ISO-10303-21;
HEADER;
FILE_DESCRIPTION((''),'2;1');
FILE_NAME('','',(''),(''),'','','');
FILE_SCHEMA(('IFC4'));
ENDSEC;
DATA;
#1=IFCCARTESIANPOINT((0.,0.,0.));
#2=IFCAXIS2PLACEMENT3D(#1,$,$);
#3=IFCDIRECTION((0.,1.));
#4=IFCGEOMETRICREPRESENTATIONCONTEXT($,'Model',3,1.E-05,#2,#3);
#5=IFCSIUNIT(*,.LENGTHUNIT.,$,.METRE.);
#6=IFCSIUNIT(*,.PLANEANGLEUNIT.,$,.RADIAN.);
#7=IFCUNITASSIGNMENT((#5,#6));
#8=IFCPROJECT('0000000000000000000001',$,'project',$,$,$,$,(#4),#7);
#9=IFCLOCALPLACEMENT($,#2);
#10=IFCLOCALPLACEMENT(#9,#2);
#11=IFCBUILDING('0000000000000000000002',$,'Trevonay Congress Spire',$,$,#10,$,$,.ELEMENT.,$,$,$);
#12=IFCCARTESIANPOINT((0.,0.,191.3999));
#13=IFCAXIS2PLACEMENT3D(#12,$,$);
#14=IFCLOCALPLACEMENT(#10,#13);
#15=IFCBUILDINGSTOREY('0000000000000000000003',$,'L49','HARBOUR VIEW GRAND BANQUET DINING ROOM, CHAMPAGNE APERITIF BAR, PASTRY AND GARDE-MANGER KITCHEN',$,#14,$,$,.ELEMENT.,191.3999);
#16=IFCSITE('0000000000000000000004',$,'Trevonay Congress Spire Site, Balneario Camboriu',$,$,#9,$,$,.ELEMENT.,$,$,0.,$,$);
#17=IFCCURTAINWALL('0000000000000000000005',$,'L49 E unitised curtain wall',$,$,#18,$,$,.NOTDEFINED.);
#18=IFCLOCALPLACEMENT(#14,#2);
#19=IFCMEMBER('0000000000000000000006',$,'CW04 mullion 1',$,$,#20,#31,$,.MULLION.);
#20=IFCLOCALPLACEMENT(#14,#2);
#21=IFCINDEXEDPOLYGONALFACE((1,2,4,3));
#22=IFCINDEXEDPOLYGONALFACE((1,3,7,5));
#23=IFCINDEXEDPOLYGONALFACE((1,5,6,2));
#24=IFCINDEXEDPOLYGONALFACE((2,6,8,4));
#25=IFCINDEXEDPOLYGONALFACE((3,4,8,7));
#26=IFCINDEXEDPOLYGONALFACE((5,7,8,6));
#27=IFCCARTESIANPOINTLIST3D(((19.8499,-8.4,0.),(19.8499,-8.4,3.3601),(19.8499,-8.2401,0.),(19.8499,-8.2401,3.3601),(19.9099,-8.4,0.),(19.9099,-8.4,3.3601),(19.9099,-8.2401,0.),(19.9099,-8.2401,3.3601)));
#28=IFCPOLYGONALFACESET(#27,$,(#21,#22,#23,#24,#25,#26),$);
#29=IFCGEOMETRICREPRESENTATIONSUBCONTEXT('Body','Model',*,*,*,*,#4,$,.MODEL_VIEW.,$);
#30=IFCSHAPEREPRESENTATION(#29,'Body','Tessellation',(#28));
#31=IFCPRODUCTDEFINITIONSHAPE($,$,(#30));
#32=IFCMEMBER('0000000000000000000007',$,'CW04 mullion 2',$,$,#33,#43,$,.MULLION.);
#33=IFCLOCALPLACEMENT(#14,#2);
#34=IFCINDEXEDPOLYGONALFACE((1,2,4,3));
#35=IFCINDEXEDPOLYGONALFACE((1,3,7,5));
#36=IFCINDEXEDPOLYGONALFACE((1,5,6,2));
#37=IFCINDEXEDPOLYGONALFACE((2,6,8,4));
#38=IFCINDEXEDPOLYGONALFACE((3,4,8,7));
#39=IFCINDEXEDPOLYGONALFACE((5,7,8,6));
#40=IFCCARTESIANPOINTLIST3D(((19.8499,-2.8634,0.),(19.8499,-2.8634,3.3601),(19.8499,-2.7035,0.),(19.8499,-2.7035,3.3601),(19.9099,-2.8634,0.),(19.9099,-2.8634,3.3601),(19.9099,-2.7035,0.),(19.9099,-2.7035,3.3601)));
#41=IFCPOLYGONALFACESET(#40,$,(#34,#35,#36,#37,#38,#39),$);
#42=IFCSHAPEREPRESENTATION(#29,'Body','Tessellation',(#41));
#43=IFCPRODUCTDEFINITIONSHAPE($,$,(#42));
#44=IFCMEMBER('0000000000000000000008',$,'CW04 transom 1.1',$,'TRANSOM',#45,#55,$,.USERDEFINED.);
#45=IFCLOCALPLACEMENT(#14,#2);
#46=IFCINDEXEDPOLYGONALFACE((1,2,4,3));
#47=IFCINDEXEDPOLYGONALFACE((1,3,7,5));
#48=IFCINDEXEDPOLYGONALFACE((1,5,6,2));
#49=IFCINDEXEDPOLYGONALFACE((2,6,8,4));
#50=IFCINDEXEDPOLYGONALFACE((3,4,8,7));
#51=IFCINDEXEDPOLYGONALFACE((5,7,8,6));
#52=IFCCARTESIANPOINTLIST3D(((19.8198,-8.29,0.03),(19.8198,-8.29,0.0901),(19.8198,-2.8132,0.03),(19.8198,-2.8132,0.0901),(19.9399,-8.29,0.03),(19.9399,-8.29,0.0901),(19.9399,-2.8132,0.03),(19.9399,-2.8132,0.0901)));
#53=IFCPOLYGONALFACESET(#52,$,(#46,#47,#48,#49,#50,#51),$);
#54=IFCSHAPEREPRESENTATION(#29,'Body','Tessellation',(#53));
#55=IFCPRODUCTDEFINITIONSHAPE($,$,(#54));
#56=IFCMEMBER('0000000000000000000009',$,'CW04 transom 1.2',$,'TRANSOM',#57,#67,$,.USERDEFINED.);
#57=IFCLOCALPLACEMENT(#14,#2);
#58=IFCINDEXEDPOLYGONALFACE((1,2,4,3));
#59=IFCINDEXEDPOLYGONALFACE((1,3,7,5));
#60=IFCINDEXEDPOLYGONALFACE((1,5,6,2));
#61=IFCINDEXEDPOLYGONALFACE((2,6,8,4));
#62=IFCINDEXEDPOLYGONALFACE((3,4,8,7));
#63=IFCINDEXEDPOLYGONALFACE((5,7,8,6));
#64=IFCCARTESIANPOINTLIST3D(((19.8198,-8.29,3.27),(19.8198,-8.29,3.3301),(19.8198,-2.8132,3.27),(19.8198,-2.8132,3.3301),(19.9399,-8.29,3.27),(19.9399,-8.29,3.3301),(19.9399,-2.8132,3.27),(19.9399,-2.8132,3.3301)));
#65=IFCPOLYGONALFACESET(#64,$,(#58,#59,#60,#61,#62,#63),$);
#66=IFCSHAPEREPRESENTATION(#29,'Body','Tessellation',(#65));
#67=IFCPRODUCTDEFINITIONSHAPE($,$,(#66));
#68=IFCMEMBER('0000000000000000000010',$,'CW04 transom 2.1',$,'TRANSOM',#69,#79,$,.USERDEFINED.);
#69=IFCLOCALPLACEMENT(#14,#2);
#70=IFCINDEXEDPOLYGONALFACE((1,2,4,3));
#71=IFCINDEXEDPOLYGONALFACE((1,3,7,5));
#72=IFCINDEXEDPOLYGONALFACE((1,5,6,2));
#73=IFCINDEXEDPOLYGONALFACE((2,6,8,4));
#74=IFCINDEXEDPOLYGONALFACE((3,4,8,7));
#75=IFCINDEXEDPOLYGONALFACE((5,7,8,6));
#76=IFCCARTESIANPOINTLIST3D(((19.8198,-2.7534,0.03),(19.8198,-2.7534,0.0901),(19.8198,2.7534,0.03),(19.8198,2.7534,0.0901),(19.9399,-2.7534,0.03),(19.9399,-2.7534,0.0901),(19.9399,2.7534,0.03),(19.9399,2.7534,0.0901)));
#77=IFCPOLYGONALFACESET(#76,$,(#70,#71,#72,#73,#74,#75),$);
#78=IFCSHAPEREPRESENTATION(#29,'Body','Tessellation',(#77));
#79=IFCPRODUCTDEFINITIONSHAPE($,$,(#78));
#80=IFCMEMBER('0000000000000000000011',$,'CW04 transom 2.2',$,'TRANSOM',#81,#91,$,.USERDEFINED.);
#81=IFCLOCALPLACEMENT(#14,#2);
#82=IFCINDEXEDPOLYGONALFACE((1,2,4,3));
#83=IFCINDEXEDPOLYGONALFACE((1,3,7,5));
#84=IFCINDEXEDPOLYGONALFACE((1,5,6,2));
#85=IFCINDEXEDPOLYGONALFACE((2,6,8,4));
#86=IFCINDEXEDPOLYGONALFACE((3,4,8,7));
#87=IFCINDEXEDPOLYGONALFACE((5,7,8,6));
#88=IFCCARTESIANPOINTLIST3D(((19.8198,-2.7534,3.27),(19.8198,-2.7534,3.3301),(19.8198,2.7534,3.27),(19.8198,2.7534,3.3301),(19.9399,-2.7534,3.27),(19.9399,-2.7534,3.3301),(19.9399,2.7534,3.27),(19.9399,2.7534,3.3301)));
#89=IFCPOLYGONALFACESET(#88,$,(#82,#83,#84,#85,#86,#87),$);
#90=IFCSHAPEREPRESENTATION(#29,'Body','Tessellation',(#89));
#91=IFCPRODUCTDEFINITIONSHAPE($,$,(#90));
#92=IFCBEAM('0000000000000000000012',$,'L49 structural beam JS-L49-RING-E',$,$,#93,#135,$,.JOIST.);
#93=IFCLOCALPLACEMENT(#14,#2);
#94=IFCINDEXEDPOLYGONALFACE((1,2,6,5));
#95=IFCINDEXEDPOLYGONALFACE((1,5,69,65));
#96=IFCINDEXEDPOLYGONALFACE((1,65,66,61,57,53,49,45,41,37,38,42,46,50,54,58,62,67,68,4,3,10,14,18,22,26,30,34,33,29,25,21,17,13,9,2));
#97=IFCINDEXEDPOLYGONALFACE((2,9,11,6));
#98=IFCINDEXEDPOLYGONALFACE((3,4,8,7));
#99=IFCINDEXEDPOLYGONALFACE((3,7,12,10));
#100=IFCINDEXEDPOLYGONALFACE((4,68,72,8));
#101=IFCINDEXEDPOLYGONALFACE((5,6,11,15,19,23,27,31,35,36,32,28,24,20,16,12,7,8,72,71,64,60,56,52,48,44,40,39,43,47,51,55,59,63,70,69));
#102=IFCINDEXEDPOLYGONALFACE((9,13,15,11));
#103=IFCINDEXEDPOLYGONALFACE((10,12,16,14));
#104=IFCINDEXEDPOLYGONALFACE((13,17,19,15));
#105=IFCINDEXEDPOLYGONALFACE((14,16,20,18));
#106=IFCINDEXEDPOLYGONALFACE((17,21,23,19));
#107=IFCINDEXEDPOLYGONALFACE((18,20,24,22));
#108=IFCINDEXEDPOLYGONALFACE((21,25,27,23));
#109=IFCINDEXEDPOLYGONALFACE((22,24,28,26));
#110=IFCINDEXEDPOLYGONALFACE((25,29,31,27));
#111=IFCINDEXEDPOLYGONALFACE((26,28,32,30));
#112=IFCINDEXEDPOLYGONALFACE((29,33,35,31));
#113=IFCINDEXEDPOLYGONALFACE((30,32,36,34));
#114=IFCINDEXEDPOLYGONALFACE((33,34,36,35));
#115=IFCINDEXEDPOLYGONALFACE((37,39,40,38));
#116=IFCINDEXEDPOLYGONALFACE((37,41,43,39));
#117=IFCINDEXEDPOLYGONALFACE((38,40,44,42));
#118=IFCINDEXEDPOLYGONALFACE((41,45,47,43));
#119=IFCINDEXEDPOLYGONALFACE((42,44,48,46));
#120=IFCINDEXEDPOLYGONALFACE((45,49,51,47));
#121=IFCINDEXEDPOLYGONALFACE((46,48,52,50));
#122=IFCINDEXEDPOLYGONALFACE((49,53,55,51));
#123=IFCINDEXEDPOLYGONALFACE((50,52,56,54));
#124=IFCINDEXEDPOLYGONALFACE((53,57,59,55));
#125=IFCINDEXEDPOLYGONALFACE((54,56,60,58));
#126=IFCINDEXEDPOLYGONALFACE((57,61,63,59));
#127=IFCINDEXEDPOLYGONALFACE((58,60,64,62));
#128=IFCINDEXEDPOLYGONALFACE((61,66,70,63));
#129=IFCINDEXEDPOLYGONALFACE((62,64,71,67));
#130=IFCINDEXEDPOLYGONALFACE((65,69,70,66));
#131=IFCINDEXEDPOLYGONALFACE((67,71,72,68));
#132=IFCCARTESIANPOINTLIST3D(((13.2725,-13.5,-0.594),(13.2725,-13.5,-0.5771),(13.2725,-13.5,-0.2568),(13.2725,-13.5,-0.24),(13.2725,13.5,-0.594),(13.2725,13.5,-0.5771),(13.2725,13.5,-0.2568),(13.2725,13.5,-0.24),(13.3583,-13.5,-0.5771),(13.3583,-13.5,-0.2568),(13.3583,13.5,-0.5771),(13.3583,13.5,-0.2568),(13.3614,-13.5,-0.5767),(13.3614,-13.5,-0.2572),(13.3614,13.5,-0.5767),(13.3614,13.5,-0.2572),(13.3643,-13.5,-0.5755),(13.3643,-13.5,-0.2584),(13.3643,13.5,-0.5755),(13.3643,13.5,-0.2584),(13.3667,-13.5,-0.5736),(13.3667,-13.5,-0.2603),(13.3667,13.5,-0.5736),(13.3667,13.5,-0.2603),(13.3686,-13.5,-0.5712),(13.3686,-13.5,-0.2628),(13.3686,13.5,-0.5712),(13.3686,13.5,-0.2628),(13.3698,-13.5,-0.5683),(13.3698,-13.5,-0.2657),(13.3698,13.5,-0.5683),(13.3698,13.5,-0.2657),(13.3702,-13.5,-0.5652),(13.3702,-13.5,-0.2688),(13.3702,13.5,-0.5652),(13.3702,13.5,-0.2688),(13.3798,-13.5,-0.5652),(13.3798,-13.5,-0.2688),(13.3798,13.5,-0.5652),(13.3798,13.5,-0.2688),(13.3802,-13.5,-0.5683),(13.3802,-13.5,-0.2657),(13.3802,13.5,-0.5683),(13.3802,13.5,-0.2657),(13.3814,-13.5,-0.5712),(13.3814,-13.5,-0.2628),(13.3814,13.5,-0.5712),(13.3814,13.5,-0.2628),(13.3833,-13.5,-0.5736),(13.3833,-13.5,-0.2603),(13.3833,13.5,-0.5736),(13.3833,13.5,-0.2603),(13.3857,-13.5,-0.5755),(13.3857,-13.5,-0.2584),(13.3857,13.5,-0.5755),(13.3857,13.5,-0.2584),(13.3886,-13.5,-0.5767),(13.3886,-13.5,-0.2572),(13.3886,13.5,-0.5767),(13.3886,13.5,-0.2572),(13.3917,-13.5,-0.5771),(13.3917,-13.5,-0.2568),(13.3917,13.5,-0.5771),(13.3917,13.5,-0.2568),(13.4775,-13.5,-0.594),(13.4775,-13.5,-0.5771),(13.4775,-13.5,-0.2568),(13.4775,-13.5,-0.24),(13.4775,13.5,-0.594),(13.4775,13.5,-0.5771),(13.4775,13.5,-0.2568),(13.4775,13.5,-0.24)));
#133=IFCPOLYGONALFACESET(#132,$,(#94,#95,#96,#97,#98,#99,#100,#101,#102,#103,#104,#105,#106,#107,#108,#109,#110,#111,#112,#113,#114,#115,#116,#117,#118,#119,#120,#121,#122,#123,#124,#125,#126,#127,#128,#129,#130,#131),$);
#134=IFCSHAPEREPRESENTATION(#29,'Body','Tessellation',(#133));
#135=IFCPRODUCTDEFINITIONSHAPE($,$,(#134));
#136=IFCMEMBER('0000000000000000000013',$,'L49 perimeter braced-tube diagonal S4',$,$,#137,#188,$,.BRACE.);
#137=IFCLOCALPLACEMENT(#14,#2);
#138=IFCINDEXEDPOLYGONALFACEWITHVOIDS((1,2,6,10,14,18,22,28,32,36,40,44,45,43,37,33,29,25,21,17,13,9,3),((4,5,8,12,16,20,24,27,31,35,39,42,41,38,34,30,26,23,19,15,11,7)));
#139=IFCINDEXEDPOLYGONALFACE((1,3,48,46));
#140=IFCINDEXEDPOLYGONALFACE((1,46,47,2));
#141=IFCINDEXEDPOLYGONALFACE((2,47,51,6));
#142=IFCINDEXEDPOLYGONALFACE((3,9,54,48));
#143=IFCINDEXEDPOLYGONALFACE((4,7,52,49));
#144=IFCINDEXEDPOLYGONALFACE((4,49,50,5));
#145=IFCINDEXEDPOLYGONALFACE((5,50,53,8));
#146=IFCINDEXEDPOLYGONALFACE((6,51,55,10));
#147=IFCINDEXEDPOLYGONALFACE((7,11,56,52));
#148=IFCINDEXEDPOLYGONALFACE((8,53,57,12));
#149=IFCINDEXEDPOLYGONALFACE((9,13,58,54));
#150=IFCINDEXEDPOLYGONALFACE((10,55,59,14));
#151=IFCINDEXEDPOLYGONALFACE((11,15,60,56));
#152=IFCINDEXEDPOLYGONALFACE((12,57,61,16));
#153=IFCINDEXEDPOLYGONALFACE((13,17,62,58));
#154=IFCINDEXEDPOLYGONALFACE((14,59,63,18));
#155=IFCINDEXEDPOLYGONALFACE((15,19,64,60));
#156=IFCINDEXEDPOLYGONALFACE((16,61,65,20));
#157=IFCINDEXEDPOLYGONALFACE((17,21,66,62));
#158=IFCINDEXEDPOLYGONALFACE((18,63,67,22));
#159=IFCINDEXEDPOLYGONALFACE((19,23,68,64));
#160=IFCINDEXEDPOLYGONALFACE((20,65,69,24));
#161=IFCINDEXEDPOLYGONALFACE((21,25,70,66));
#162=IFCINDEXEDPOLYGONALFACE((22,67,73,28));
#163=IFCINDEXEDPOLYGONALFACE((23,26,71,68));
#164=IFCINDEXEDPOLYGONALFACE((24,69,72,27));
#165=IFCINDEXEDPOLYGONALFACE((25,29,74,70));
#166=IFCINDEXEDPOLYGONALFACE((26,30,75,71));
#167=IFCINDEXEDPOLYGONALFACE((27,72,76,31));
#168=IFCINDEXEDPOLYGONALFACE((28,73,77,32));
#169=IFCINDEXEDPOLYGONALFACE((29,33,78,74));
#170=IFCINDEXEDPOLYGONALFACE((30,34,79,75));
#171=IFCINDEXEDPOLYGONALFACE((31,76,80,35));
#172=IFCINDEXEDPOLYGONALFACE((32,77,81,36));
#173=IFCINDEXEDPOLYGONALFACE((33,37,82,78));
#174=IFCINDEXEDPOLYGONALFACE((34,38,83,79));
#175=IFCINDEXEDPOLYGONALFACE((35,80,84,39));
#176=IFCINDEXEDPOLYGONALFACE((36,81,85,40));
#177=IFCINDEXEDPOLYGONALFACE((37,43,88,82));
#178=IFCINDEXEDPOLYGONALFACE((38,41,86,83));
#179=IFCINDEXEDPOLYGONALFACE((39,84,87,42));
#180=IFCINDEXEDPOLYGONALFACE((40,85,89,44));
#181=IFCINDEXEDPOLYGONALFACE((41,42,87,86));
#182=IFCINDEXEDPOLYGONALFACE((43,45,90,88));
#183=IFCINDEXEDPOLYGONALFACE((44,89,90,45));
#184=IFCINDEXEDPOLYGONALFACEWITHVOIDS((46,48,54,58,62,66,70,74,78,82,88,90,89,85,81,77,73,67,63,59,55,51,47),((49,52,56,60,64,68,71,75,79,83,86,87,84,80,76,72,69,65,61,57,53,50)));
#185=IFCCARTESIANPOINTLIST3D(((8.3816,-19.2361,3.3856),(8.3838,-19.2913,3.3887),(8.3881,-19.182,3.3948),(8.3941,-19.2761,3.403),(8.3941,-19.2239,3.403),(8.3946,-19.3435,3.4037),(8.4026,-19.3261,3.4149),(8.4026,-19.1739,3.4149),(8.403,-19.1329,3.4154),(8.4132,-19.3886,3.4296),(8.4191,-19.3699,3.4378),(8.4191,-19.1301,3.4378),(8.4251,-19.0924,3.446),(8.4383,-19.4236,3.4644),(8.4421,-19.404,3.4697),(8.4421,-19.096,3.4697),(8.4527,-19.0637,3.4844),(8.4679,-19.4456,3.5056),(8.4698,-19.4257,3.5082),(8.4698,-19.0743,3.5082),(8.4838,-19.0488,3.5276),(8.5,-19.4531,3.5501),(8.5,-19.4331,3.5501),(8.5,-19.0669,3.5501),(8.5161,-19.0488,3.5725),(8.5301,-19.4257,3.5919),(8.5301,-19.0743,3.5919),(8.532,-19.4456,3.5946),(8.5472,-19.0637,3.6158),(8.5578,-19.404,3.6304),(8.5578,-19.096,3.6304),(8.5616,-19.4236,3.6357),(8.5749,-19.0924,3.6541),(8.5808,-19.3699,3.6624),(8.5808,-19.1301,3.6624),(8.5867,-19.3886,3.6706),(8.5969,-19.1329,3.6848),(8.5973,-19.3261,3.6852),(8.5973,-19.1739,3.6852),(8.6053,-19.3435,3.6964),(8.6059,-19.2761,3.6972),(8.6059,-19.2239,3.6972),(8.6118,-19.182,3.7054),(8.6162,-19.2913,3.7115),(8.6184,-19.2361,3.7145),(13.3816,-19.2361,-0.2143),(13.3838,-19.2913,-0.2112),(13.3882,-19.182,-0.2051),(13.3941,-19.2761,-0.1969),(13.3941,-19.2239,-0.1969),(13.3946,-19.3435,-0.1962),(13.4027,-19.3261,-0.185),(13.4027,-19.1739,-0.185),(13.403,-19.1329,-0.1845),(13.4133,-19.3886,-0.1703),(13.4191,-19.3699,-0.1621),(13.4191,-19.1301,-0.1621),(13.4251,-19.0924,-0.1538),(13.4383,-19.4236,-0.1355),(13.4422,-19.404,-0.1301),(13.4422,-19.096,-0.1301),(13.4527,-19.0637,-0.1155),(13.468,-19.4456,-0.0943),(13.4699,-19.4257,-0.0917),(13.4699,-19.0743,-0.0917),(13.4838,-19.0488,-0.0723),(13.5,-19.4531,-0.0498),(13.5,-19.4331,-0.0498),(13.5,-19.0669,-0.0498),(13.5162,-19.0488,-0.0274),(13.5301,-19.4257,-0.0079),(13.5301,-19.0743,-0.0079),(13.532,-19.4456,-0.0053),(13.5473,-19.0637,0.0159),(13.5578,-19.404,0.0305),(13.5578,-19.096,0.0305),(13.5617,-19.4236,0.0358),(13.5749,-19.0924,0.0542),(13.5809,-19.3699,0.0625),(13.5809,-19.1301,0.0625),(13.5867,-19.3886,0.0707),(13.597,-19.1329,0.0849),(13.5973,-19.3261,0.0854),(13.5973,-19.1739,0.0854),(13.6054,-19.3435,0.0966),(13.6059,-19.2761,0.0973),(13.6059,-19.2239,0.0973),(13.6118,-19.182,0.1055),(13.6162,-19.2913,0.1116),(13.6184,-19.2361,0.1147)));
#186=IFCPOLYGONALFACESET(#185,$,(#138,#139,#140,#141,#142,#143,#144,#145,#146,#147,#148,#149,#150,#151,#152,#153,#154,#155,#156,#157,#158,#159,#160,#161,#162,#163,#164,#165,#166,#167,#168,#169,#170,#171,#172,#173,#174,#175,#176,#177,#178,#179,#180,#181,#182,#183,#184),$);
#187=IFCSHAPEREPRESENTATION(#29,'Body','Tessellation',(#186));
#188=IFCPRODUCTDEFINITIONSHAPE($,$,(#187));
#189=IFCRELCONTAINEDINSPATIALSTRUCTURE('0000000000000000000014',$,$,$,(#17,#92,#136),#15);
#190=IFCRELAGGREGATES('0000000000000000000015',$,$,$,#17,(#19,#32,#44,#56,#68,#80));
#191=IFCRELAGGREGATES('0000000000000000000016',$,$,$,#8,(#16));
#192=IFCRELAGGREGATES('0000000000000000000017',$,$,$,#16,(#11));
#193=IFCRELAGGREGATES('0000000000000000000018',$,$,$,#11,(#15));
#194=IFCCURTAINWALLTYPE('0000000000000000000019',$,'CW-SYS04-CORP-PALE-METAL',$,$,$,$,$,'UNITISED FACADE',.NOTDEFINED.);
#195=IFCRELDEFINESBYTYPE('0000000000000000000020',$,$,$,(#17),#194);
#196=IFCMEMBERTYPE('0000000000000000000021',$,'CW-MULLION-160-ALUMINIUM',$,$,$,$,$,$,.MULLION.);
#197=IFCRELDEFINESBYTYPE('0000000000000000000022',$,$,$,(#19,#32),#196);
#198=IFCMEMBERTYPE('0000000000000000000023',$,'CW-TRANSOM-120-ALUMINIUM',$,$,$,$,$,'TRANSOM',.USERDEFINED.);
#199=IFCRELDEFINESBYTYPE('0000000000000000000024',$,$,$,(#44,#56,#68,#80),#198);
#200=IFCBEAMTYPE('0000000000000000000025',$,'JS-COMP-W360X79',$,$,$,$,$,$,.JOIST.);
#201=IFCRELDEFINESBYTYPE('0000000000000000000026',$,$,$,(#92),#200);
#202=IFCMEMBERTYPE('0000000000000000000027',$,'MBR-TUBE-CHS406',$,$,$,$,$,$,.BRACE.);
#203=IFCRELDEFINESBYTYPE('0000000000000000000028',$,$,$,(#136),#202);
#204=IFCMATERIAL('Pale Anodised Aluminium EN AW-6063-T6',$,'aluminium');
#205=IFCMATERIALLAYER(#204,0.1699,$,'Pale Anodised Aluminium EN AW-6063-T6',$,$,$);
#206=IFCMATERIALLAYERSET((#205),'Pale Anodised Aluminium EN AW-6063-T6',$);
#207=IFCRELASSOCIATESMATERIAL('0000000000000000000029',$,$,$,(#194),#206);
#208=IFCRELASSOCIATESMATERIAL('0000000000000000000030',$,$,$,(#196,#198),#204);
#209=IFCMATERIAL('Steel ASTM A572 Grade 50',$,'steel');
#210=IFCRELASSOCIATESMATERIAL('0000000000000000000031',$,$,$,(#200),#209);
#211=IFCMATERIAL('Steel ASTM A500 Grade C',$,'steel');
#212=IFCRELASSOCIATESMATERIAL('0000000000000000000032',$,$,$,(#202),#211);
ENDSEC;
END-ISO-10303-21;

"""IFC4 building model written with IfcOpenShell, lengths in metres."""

from ifc_helpers import new_model, si_unit, direction, frame, origin, origin_2d, place, context, subcontext, project, spatial, rectangle, hollow_circle, i_section, extrude, material, layer, layer_set, material_profile, profile_set, type_object, element, aggregate, save


model = new_model("IFC4")

# Units and contexts
model_context = context("Model", 3, precision=1e-05, world=origin(), true_north=direction((0.0, 1.0)))
body_context = subcontext(model_context, "Body", "Model", "MODEL_VIEW")
ifc_project = project(units=[si_unit("LENGTHUNIT", "METRE"), si_unit("PLANEANGLEUNIT", "RADIAN")], contexts=[model_context])

# Site, building, storey
site_placement = place(None, origin())
site = spatial("IfcSite", under=ifc_project, at=site_placement, Name="Trevonay Congress Spire Site, Balneario Camboriu", CompositionType="ELEMENT", RefElevation=0.0)
building_placement = place(site_placement, origin())
building = spatial("IfcBuilding", under=site, at=building_placement, Name="Trevonay Congress Spire", CompositionType="ELEMENT")
storey_placement = place(building_placement, frame((0.0, 0.0, 191.3999)))
storey = spatial("IfcBuildingStorey", under=building, at=storey_placement, Name="L49", Description="HARBOUR VIEW GRAND BANQUET DINING ROOM, CHAMPAGNE APERITIF BAR, PASTRY AND GARDE-MANGER KITCHEN", CompositionType="ELEMENT", Elevation=191.3999)

# Shared definitions
ifc_material_1 = material(Name="Steel ASTM A572 Grade 50", Category="steel")

# Curtain wall, members
ifc_material_2 = material(Name="Pale Anodised Aluminium EN AW-6063-T6", Category="aluminium")
ifc_layer_1 = layer(ifc_material_2, 0.1699, Name="Pale Anodised Aluminium EN AW-6063-T6")
ifc_layer_set_1 = layer_set([ifc_layer_1], Name="Pale Anodised Aluminium EN AW-6063-T6")
curtain_wall_type = type_object("IfcCurtainWallType", Name="CW-SYS04-CORP-PALE-METAL", ElementType="UNITISED FACADE", PredefinedType="NOTDEFINED", material=ifc_layer_set_1)
curtain_wall_placement = place(storey_placement, origin())
curtain_wall = element("IfcCurtainWall", 1, at=curtain_wall_placement, inside=storey, type_object=curtain_wall_type, Name="L49 E unitised curtain wall", PredefinedType="NOTDEFINED")
ifc_material_profile_1 = material_profile(ifc_material_2, rectangle(XDim=0.0601, YDim=0.1599, at=origin_2d()), Name="CW-MULLION-160-ALUMINIUM")
ifc_profile_set_1 = profile_set([ifc_material_profile_1], Name="Pale Anodised Aluminium EN AW-6063-T6")
member_type_1 = type_object("IfcMemberType", Name="CW-MULLION-160-ALUMINIUM", PredefinedType="MULLION", material=ifc_profile_set_1)
member_1_placement = place(storey_placement, frame((19.8799, -8.3201, 0.0), z_axis=(0.0, 0.0, 1.0), x_axis=(-1.0, 0.0, 0.0)))
member_1 = element("IfcMember", 2, at=member_1_placement, type_object=member_type_1, Name="CW04 mullion 1", PredefinedType="MULLION", context=body_context, shape_type="SweptSolid", body=[
    extrude(rectangle(XDim=0.0601, YDim=0.1599, at=origin_2d()), origin(), (0.0, 0.0, 1.0), 3.3601),
])
member_2_placement = place(storey_placement, frame((19.8799, -2.7834, 0.0), z_axis=(0.0, 0.0, 1.0), x_axis=(-1.0, 0.0, 0.0)))
member_2 = element("IfcMember", 3, at=member_2_placement, type_object=member_type_1, Name="CW04 mullion 2", PredefinedType="MULLION", context=body_context, shape_type="SweptSolid", body=[
    extrude(rectangle(XDim=0.0601, YDim=0.1599, at=origin_2d()), origin(), (0.0, 0.0, 1.0), 3.3601),
])
ifc_material_profile_2 = material_profile(ifc_material_2, rectangle(XDim=0.1201, YDim=0.0601, at=origin_2d()), Name="CW-TRANSOM-120-ALUMINIUM")
ifc_profile_set_2 = profile_set([ifc_material_profile_2], Name="Pale Anodised Aluminium EN AW-6063-T6")
member_type_2 = type_object("IfcMemberType", Name="CW-TRANSOM-120-ALUMINIUM", ElementType="TRANSOM", PredefinedType="USERDEFINED", material=ifc_profile_set_2)
member_3_placement = place(storey_placement, frame((19.8799, -8.29, 0.0601), z_axis=(0.0, 1.0, 0.0), x_axis=(-1.0, 0.0, 0.0)))
member_3 = element("IfcMember", 4, at=member_3_placement, type_object=member_type_2, Name="CW04 transom 1.1", ObjectType="TRANSOM", PredefinedType="USERDEFINED", context=body_context, shape_type="SweptSolid", body=[
    extrude(rectangle(XDim=0.1201, YDim=0.0601, at=origin_2d()), origin(), (0.0, 0.0, 1.0), 5.4768),
])
member_4_placement = place(storey_placement, frame((19.8799, -8.29, 3.3), z_axis=(0.0, 1.0, 0.0), x_axis=(-1.0, 0.0, 0.0)))
member_4 = element("IfcMember", 5, at=member_4_placement, type_object=member_type_2, Name="CW04 transom 1.2", ObjectType="TRANSOM", PredefinedType="USERDEFINED", context=body_context, shape_type="SweptSolid", body=[
    extrude(rectangle(XDim=0.1201, YDim=0.0601, at=origin_2d()), origin(), (0.0, 0.0, 1.0), 5.4768),
])
member_5_placement = place(storey_placement, frame((19.8799, -2.7534, 0.0601), z_axis=(0.0, 1.0, 0.0), x_axis=(-1.0, 0.0, 0.0)))
member_5 = element("IfcMember", 6, at=member_5_placement, type_object=member_type_2, Name="CW04 transom 2.1", ObjectType="TRANSOM", PredefinedType="USERDEFINED", context=body_context, shape_type="SweptSolid", body=[
    extrude(rectangle(XDim=0.1201, YDim=0.0601, at=origin_2d()), origin(), (0.0, 0.0, 1.0), 5.5068),
])
member_6_placement = place(storey_placement, frame((19.8799, -2.7534, 3.3), z_axis=(0.0, 1.0, 0.0), x_axis=(-1.0, 0.0, 0.0)))
member_6 = element("IfcMember", 7, at=member_6_placement, type_object=member_type_2, Name="CW04 transom 2.2", ObjectType="TRANSOM", PredefinedType="USERDEFINED", context=body_context, shape_type="SweptSolid", body=[
    extrude(rectangle(XDim=0.1201, YDim=0.0601, at=origin_2d()), origin(), (0.0, 0.0, 1.0), 5.5068),
])

# Beam
ifc_material_profile_3 = material_profile(ifc_material_1, i_section(OverallWidth=0.2051, OverallDepth=0.354, WebThickness=0.0095, FlangeThickness=0.0168, FilletRadius=0.012, at=origin_2d()), Name="W360x79")
ifc_profile_set_3 = profile_set([ifc_material_profile_3], Name="Steel ASTM A572 Grade 50")
beam_type_1 = type_object("IfcBeamType", Name="JS-COMP-W360X79", PredefinedType="JOIST", material=ifc_profile_set_3)
beam_1_placement = place(storey_placement, frame((13.375, -13.5, -0.417), z_axis=(0.0, 1.0, 0.0), x_axis=(-1.0, 0.0, 0.0)))
element("IfcBeam", 8, at=beam_1_placement, inside=storey, type_object=beam_type_1, Name="L49 structural beam JS-L49-RING-E", PredefinedType="JOIST", context=body_context, shape_type="SweptSolid", body=[
    extrude(i_section(OverallWidth=0.2051, OverallDepth=0.354, WebThickness=0.0095, FlangeThickness=0.0168, FilletRadius=0.012, at=origin_2d()), origin(), (0.0, 0.0, 1.0), 27.0),
])

# Member
ifc_material_3 = material(Name="Steel ASTM A500 Grade C", Category="steel")
ifc_material_profile_4 = material_profile(ifc_material_3, hollow_circle(Radius=0.2031, WallThickness=0.02, at=origin_2d()), Name="CHS 406.4x20")
ifc_profile_set_4 = profile_set([ifc_material_profile_4], Name="Steel ASTM A500 Grade C")
member_type_3 = type_object("IfcMemberType", Name="MBR-TUBE-CHS406", PredefinedType="BRACE", material=ifc_profile_set_4)
for number, where, z_axis, x_axis, name in (
    (9, (13.5, -19.25, -0.0498), (-0.811546, 0.0, 0.584289), (0.0, -1.0, 0.0), "L49 perimeter braced-tube diagonal S4"),
):
    element("IfcMember", number, at=place(storey_placement, frame(where, z_axis=z_axis, x_axis=x_axis)), inside=storey, type_object=member_type_3, Name=name, PredefinedType="BRACE", context=body_context, shape_type="SweptSolid", body=[
        extrude(hollow_circle(Radius=0.2031, WallThickness=0.02, at=origin_2d()), origin(), (0.0, 0.0, 1.0), 6.1611),
    ])

aggregate(curtain_wall, [member_1, member_2, member_3, member_4, member_5, member_6])

save(model, "model.ifc")
